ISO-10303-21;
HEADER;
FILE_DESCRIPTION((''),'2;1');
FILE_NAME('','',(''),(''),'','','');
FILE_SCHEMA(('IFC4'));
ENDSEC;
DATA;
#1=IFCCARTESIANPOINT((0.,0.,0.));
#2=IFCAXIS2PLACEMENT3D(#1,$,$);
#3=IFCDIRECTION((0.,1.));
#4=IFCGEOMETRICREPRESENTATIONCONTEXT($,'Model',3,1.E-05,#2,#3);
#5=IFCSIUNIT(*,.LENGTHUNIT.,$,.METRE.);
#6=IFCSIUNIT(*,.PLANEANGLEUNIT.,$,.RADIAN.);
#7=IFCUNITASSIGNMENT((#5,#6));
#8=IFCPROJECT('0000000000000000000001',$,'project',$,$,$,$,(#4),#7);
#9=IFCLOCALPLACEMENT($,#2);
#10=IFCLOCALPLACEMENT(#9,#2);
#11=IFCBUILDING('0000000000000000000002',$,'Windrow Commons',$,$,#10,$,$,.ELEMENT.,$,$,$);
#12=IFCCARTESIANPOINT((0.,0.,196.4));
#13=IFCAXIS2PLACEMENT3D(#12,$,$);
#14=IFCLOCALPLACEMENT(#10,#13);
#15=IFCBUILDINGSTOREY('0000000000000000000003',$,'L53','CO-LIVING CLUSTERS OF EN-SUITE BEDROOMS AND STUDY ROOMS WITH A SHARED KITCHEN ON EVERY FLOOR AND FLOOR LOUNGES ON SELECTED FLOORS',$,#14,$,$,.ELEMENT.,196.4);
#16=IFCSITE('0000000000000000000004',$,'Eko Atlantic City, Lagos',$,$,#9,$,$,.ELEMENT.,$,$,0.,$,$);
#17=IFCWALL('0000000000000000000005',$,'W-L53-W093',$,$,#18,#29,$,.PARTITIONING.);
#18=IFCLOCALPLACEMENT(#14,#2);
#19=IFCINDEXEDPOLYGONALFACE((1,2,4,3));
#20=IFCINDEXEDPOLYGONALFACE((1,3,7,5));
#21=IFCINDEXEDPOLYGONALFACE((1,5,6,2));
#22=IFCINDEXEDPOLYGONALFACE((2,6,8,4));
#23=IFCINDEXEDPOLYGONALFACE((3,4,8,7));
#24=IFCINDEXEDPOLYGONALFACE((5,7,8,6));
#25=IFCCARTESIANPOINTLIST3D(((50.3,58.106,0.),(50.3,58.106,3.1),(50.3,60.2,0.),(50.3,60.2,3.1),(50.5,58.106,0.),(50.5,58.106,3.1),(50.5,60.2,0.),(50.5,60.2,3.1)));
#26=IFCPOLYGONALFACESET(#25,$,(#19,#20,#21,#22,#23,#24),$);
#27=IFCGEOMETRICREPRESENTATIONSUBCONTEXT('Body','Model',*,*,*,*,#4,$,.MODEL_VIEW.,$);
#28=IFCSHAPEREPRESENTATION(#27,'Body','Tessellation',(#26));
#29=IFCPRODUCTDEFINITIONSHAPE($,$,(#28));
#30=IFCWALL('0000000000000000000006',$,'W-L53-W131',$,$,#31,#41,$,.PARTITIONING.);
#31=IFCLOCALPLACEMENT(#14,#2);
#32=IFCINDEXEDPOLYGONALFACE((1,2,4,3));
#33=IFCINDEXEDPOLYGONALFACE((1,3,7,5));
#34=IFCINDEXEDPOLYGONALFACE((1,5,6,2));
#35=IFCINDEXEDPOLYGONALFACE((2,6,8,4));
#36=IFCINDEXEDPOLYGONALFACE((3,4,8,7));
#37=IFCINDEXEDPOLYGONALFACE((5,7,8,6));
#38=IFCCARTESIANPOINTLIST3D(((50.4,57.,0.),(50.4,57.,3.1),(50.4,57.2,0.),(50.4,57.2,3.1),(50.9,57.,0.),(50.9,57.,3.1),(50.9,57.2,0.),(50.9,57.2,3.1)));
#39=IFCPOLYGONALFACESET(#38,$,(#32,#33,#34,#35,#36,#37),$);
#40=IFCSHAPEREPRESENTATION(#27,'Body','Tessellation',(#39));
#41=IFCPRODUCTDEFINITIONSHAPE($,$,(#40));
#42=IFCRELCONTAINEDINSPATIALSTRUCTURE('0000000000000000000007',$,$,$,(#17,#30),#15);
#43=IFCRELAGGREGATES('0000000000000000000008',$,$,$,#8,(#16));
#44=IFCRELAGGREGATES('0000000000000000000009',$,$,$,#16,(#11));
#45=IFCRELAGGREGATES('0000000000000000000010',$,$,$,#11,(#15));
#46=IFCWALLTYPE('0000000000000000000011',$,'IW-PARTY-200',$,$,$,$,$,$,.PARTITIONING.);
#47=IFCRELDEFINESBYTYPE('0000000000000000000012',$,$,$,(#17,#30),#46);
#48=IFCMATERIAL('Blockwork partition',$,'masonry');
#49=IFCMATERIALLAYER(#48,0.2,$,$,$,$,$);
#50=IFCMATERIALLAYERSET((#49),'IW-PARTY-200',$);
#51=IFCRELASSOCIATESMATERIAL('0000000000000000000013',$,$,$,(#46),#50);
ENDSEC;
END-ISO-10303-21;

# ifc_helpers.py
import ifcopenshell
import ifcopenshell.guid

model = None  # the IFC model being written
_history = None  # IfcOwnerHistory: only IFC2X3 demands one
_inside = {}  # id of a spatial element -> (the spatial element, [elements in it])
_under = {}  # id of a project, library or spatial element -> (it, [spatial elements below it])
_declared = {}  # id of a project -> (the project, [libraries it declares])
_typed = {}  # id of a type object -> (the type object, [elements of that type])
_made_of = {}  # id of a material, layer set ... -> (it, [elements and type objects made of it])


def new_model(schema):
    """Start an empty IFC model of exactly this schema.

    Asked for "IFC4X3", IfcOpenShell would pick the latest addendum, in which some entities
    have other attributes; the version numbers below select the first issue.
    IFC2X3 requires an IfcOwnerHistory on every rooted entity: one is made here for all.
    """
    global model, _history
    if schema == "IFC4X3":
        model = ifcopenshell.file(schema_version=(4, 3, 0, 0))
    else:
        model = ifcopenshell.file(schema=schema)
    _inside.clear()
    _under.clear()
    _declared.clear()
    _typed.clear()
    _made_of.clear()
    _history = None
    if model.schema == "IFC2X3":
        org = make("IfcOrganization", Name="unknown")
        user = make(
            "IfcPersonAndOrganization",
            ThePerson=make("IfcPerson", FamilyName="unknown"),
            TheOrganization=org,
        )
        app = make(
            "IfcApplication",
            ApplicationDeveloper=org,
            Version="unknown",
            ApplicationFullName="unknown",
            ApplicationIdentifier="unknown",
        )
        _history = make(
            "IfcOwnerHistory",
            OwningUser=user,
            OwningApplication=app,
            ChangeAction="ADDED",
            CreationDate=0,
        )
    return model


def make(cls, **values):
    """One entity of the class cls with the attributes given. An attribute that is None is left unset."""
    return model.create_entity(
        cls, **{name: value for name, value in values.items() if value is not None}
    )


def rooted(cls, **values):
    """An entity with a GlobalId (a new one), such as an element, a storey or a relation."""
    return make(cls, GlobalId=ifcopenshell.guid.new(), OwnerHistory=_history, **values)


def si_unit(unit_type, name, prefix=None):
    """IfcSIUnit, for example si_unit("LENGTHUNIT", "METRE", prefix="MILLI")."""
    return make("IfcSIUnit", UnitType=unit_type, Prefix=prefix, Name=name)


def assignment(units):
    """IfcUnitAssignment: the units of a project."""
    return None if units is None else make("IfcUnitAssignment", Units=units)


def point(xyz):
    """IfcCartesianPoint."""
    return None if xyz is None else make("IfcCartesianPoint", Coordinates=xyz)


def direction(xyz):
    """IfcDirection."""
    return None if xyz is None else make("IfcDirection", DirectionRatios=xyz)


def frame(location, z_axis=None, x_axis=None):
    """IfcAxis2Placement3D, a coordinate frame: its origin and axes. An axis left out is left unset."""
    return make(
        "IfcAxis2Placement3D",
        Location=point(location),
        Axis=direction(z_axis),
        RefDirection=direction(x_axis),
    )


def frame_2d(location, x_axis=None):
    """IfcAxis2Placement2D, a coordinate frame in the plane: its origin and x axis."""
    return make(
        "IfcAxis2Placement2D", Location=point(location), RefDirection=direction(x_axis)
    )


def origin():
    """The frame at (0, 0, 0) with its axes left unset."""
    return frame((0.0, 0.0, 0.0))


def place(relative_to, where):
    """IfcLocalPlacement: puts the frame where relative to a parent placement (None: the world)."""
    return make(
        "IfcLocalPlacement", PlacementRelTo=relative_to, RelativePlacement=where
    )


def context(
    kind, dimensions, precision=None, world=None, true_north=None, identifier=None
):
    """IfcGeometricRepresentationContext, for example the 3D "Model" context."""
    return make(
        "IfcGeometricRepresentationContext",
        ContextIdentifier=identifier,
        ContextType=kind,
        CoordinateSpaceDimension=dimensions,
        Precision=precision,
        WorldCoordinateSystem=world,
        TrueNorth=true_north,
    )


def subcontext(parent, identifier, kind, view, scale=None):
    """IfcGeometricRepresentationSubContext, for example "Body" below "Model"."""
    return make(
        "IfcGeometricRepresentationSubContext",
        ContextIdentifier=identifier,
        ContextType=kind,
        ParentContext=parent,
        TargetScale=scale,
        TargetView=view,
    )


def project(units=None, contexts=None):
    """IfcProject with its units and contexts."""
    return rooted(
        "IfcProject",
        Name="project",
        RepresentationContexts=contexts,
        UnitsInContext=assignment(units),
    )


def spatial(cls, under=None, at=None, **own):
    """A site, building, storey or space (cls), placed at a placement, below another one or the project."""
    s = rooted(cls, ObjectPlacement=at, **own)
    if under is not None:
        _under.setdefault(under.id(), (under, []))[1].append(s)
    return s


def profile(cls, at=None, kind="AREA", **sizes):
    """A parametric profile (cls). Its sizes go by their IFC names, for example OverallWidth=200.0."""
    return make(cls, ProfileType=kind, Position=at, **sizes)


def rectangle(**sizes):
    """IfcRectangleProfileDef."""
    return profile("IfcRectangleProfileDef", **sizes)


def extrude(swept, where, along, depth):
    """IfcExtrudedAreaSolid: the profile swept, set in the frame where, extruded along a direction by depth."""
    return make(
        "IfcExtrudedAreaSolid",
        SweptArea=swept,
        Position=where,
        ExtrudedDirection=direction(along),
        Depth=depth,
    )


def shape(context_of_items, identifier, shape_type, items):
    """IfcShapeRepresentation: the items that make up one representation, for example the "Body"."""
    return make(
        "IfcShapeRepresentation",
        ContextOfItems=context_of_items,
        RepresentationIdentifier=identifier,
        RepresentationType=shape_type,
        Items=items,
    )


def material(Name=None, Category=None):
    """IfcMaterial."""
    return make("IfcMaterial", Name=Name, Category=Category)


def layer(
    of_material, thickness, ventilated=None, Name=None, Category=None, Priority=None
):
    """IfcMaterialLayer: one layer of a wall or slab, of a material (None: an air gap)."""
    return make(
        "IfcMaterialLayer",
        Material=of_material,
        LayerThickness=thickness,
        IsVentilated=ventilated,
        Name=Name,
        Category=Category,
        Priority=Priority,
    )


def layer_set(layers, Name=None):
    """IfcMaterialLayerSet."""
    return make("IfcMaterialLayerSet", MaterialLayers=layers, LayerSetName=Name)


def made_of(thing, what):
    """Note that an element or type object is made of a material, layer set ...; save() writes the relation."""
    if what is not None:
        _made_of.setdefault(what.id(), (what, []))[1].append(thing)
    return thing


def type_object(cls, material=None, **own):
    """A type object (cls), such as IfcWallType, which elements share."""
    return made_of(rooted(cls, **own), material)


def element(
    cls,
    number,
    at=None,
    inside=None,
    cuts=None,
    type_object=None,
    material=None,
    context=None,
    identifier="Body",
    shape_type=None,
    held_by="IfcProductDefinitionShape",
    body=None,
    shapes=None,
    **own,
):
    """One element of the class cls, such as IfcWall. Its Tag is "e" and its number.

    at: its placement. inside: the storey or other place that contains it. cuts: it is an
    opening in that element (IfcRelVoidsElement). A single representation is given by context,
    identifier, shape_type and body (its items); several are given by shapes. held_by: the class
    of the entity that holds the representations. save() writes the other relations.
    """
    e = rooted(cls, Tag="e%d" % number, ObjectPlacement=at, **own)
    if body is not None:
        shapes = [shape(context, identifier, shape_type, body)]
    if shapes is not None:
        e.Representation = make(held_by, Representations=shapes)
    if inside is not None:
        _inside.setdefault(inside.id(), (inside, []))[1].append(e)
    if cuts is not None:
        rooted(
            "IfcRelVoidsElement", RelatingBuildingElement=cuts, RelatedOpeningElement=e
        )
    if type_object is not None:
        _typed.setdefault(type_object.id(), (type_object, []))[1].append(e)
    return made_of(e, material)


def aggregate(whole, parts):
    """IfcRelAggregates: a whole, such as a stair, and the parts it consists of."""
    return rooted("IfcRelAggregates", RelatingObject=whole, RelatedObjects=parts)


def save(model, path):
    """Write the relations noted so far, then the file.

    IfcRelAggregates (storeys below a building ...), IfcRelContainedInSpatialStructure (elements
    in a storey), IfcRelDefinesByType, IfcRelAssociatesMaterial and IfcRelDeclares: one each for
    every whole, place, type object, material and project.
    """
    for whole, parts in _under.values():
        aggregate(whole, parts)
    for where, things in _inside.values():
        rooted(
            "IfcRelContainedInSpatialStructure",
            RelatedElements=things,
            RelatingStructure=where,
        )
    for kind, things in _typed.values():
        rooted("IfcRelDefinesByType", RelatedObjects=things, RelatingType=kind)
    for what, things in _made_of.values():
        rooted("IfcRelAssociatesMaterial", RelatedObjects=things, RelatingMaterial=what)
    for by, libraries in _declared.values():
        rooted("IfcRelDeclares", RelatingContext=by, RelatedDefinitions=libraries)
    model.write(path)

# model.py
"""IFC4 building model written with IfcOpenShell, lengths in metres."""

from ifc_helpers import new_model, si_unit, direction, frame, frame_2d, origin, place, context, subcontext, project, spatial, rectangle, extrude, material, layer, layer_set, type_object, element, save


model = new_model("IFC4")

# Units and contexts
model_context = context("Model", 3, precision=1e-05, world=origin(), true_north=direction((0.0, 1.0)))
body_context = subcontext(model_context, "Body", "Model", "MODEL_VIEW")
ifc_project = project(units=[si_unit("LENGTHUNIT", "METRE"), si_unit("PLANEANGLEUNIT", "RADIAN")], contexts=[model_context])

# Site, building, storey
site_placement = place(None, origin())
site = spatial("IfcSite", under=ifc_project, at=site_placement, Name="Eko Atlantic City, Lagos", CompositionType="ELEMENT", RefElevation=0.0)
building_placement = place(site_placement, origin())
building = spatial("IfcBuilding", under=site, at=building_placement, Name="Windrow Commons", CompositionType="ELEMENT")
storey_placement = place(building_placement, frame((0.0, 0.0, 196.4)))
storey = spatial("IfcBuildingStorey", under=building, at=storey_placement, Name="L53", Description="CO-LIVING CLUSTERS OF EN-SUITE BEDROOMS AND STUDY ROOMS WITH A SHARED KITCHEN ON EVERY FLOOR AND FLOOR LOUNGES ON SELECTED FLOORS", CompositionType="ELEMENT", Elevation=196.4)

# Walls
ifc_material_1 = material(Name="Blockwork partition", Category="masonry")
ifc_layer_1 = layer(ifc_material_1, 0.2)
ifc_layer_set_1 = layer_set([ifc_layer_1], Name="IW-PARTY-200")
wall_type_1 = type_object("IfcWallType", Name="IW-PARTY-200", PredefinedType="PARTITIONING", material=ifc_layer_set_1)
wall_1_placement = place(storey_placement, frame((50.4, 58.106, 0.0), z_axis=(0.0, 0.0, 1.0), x_axis=(0.0, 1.0, 0.0)))
element("IfcWall", 1, at=wall_1_placement, inside=storey, type_object=wall_type_1, Name="W-L53-W093", PredefinedType="PARTITIONING", context=body_context, shape_type="SweptSolid", body=[
    extrude(rectangle(XDim=2.094, YDim=0.2, at=frame_2d((1.047, 0.0))), origin(), (0.0, 0.0, 1.0), 3.1),
])
wall_2_placement = place(storey_placement, frame((50.4, 57.1, 0.0), z_axis=(0.0, 0.0, 1.0), x_axis=(1.0, 0.0, 0.0)))
element("IfcWall", 2, at=wall_2_placement, inside=storey, type_object=wall_type_1, Name="W-L53-W131", PredefinedType="PARTITIONING", context=body_context, shape_type="SweptSolid", body=[
    extrude(rectangle(XDim=0.5, YDim=0.2, at=frame_2d((0.25, 0.0))), origin(), (0.0, 0.0, 1.0), 3.1),
])

save(model, "model.ifc")
